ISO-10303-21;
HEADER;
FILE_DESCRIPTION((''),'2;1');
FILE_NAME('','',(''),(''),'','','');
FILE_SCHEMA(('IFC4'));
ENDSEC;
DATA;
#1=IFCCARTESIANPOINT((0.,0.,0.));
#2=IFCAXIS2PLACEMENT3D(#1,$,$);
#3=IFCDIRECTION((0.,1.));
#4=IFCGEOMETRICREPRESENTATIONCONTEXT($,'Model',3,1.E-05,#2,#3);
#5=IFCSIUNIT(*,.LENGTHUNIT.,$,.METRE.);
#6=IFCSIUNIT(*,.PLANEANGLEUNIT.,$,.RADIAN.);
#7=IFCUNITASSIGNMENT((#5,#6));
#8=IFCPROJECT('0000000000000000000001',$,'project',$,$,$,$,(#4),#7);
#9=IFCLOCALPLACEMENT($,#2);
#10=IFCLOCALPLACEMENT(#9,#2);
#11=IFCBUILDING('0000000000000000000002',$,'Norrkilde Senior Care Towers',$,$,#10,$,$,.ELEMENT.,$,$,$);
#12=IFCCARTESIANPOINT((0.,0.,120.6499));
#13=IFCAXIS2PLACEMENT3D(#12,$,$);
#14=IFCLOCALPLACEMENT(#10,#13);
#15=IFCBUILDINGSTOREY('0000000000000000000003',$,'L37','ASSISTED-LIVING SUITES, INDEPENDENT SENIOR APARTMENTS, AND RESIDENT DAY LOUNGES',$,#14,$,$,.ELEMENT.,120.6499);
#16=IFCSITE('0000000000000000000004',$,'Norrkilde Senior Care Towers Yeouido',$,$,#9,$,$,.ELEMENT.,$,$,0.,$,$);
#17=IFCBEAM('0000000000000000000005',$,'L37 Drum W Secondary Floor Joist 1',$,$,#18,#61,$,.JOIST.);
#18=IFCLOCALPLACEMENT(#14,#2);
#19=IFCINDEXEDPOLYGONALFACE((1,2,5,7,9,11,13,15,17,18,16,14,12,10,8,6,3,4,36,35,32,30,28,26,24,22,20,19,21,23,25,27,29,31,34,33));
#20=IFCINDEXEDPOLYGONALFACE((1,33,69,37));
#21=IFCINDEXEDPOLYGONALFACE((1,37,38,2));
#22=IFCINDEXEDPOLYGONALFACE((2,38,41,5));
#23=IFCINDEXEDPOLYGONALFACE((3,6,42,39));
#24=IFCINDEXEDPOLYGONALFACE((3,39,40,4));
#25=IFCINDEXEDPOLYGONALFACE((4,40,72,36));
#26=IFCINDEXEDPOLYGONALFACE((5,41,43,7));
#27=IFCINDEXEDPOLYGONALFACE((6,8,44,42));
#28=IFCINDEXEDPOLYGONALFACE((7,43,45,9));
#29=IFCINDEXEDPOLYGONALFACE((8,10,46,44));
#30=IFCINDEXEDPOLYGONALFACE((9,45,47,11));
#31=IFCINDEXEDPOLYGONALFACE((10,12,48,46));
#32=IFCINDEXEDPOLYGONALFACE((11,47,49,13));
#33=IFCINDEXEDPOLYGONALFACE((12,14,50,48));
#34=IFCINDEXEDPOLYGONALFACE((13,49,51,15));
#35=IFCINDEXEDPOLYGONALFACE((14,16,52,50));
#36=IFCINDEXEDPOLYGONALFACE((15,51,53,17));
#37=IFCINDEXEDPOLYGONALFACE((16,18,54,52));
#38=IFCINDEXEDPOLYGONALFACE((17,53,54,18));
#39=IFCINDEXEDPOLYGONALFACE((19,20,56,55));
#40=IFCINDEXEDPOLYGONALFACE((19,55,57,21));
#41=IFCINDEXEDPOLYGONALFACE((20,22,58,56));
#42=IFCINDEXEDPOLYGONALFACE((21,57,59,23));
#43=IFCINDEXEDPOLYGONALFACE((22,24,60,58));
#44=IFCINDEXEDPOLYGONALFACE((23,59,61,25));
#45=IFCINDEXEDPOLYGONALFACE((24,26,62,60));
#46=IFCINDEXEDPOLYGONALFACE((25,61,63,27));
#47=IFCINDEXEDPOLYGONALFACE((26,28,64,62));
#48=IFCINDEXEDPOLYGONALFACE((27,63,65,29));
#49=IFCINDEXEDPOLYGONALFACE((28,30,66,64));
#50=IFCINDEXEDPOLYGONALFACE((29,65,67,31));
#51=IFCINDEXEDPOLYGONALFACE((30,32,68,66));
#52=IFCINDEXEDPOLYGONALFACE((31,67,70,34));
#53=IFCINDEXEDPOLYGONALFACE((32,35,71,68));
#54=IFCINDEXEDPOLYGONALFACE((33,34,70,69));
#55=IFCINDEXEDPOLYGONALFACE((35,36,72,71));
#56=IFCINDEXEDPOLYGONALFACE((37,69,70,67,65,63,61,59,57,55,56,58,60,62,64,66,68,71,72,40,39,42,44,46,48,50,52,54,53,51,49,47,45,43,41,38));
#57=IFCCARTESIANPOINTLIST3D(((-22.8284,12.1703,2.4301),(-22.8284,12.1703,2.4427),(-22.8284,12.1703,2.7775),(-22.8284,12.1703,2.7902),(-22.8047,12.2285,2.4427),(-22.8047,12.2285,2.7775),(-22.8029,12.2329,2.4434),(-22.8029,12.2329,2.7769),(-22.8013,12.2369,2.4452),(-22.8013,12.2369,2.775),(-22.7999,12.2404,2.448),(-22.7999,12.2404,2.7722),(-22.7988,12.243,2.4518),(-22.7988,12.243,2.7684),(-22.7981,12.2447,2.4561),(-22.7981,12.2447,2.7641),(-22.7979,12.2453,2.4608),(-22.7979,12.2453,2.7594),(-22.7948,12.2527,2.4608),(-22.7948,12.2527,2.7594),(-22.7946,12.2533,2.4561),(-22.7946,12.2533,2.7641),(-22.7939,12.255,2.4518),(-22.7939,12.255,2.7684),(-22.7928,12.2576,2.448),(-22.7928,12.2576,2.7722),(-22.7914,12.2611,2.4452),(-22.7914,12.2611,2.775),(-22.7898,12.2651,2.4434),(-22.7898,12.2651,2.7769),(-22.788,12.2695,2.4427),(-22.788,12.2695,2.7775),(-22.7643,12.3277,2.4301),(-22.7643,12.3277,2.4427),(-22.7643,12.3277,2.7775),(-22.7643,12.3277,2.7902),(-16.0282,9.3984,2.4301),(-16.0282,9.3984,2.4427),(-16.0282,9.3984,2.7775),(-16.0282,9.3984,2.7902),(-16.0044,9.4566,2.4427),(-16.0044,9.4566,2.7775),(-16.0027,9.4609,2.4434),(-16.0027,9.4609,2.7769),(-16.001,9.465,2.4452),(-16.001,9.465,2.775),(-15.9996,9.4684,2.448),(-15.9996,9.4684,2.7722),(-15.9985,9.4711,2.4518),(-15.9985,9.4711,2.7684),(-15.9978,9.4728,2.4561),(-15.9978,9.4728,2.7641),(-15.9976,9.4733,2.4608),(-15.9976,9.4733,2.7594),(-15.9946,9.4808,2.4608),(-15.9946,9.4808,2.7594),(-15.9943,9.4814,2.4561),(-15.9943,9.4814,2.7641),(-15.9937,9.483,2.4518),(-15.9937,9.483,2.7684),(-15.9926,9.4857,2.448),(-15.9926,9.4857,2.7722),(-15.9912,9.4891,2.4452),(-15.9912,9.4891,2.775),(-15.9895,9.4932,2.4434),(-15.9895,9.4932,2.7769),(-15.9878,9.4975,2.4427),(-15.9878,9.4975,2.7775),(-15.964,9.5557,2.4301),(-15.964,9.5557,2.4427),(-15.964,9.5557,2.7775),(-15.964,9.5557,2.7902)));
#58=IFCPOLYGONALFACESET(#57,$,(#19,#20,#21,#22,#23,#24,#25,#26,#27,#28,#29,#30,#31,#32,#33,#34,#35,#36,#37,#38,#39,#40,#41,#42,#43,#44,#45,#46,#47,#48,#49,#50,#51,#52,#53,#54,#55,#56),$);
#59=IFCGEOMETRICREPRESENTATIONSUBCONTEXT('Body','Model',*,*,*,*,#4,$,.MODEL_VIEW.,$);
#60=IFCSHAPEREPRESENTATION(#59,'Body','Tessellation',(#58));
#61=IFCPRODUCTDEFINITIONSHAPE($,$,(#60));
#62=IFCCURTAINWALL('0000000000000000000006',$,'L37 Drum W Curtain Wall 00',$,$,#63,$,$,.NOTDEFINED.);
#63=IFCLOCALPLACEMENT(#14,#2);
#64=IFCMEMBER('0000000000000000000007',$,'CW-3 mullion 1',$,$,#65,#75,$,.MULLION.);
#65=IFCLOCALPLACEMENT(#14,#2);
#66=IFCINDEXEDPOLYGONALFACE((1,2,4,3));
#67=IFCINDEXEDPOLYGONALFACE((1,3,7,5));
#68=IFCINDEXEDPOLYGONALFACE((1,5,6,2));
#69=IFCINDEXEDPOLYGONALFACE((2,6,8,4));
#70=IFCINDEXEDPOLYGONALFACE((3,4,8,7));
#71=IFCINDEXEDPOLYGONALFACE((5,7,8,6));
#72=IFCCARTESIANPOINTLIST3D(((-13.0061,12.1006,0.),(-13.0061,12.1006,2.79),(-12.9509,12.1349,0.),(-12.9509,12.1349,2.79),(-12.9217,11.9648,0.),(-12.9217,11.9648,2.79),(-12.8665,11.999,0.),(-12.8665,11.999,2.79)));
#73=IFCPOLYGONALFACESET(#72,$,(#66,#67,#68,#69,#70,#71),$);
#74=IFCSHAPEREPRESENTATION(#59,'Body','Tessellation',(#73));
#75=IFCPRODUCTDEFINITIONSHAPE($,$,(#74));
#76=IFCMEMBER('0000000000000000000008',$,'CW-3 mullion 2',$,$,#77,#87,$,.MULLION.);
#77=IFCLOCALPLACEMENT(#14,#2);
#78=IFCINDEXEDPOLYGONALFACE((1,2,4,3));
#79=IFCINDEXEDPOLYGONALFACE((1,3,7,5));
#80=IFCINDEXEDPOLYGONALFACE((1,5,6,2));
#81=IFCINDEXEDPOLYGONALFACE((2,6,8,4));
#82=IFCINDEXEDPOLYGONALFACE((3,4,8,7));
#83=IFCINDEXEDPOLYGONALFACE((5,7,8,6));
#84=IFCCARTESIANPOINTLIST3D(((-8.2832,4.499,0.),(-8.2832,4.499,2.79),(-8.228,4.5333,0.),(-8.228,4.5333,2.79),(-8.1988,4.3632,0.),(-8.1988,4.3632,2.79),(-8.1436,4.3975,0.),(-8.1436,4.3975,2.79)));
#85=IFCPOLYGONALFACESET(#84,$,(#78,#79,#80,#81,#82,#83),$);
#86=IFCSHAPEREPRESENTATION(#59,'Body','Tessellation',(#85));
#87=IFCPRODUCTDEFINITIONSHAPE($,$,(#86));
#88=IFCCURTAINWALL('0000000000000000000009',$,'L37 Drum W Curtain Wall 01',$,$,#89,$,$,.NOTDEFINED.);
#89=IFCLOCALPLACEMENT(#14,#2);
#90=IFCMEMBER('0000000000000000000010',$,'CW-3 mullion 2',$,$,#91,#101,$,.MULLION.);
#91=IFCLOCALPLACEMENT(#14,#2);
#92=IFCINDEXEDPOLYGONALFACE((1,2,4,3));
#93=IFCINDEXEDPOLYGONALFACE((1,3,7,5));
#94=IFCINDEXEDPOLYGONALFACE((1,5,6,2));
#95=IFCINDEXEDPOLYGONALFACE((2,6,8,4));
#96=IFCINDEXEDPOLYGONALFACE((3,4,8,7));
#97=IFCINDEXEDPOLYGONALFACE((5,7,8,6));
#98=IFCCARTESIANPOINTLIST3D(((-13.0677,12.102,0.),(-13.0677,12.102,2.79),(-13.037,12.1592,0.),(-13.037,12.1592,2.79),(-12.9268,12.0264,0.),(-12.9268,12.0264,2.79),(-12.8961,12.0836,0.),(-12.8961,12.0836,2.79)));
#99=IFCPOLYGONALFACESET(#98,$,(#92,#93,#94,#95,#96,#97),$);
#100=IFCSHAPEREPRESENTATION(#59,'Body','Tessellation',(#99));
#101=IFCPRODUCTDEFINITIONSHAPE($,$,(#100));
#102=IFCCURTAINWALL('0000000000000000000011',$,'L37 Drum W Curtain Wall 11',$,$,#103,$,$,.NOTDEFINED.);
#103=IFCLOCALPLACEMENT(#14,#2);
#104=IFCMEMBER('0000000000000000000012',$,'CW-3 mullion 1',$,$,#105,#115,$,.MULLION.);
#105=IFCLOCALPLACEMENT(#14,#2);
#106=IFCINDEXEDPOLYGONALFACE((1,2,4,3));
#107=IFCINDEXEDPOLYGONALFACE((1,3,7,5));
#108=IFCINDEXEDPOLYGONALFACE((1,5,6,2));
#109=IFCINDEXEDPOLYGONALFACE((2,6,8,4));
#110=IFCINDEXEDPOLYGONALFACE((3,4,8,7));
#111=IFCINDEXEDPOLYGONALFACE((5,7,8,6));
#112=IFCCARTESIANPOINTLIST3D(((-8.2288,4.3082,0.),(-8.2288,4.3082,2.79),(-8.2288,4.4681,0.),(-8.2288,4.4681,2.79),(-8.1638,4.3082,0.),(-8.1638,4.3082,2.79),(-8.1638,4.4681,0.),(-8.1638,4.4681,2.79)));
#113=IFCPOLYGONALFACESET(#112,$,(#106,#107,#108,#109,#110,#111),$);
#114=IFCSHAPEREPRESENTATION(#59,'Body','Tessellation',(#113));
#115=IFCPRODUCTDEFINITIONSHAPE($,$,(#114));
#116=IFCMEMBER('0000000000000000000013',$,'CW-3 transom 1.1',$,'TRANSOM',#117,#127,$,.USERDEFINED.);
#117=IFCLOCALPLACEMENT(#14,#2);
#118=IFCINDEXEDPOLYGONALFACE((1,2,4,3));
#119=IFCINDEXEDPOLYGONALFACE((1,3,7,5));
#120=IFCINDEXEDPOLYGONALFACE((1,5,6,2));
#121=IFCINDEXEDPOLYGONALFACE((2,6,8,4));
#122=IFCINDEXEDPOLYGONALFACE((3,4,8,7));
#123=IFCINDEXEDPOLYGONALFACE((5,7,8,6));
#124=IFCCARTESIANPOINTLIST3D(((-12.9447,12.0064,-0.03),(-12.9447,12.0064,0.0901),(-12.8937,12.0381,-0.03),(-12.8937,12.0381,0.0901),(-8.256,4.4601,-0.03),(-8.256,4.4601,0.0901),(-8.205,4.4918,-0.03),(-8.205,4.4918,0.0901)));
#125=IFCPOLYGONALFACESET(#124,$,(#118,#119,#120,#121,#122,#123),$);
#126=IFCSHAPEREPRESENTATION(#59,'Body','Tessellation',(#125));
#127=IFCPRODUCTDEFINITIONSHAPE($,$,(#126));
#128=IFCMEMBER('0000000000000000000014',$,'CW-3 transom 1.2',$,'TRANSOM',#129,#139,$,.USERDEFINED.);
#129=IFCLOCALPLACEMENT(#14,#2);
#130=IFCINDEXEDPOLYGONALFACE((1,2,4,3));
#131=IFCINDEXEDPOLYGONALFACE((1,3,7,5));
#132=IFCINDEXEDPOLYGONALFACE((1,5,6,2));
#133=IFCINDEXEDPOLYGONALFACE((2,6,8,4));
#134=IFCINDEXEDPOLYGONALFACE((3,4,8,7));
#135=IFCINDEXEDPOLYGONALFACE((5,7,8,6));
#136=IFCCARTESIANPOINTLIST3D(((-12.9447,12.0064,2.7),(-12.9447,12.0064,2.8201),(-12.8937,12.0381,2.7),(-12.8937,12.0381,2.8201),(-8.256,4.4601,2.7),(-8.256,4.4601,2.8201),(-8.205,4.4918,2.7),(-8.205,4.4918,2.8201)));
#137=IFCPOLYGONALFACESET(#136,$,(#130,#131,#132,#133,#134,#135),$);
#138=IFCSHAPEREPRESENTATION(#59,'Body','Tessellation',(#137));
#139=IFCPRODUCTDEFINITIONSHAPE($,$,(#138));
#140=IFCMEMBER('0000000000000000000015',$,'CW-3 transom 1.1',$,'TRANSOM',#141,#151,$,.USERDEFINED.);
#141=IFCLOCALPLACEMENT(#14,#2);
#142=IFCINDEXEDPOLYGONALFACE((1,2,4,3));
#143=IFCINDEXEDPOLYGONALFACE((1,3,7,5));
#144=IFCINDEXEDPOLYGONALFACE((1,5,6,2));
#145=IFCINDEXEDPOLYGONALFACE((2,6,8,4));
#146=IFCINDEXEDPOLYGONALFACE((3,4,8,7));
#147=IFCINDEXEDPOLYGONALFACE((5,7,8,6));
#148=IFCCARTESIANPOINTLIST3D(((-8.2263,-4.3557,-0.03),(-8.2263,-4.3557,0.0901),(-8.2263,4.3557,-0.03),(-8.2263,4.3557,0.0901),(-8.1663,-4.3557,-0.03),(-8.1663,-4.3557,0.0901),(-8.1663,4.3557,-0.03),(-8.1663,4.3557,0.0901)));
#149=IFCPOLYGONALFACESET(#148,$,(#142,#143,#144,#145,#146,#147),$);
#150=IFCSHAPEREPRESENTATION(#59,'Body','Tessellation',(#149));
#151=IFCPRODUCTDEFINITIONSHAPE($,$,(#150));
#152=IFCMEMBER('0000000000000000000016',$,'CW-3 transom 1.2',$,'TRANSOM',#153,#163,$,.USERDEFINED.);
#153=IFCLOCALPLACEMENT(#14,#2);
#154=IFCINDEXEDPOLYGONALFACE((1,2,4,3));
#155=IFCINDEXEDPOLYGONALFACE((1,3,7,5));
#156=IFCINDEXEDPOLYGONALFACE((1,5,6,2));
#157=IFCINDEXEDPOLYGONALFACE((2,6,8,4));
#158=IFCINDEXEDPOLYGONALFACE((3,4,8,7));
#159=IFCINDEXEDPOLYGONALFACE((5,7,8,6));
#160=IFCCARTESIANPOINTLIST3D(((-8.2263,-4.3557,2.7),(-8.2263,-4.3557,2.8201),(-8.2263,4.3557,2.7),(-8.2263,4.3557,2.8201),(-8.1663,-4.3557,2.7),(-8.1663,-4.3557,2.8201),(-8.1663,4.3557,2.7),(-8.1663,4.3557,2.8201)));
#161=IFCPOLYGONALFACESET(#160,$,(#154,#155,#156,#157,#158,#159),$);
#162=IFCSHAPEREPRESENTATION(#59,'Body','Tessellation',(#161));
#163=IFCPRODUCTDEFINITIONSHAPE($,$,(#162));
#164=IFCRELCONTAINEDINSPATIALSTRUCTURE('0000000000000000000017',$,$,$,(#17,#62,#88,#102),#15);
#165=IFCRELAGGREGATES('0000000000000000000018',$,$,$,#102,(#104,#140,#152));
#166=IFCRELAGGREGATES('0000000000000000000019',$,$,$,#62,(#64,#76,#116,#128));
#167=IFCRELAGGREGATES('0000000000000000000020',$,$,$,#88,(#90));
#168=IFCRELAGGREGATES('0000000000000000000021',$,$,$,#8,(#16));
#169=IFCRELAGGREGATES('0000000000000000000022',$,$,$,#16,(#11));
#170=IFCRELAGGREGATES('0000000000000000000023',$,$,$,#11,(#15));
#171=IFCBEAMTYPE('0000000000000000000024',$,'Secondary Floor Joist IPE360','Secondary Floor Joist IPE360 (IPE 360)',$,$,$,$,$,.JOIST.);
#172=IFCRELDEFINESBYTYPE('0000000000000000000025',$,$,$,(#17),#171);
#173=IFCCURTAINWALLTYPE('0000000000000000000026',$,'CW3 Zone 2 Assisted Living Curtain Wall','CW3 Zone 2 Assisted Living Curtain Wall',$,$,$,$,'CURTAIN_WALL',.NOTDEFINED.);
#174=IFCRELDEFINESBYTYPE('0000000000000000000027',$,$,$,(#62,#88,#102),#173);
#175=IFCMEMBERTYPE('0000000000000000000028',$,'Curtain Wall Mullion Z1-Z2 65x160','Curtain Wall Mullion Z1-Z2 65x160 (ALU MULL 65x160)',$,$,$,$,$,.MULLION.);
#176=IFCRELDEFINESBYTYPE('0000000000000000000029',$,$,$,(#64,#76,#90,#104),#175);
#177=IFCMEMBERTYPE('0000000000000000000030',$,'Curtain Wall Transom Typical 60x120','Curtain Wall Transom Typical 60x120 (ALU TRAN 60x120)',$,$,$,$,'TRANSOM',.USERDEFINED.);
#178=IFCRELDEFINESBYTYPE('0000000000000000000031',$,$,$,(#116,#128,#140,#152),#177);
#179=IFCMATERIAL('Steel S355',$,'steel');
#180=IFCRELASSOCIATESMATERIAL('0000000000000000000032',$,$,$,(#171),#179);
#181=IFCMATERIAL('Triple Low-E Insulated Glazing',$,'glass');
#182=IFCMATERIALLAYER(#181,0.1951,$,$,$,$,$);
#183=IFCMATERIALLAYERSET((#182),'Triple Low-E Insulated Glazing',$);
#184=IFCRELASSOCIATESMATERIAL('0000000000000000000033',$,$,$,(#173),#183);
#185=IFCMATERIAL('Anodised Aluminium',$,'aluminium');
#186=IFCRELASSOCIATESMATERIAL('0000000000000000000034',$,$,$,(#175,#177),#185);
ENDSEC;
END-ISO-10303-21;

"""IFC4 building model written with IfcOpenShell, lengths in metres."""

from ifc_helpers import new_model, si_unit, direction, frame, origin, origin_2d, place, context, subcontext, project, spatial, rectangle, i_section, extrude, source, transform, mapped, material, layer, layer_set, material_profile, profile_set, type_object, type_shapes, element, aggregate, save


model = new_model("IFC4")

# Units and contexts
model_context = context("Model", 3, precision=1e-05, world=origin(), true_north=direction((0.0, 1.0)))
body_context = subcontext(model_context, "Body", "Model", "MODEL_VIEW")
ifc_project = project(units=[si_unit("LENGTHUNIT", "METRE"), si_unit("PLANEANGLEUNIT", "RADIAN")], contexts=[model_context])

# Site, building, storey
site_placement = place(None, origin())
site = spatial("IfcSite", under=ifc_project, at=site_placement, Name="Norrkilde Senior Care Towers Yeouido", CompositionType="ELEMENT", RefElevation=0.0)
building_placement = place(site_placement, origin())
building = spatial("IfcBuilding", under=site, at=building_placement, Name="Norrkilde Senior Care Towers", CompositionType="ELEMENT")
storey_placement = place(building_placement, frame((0.0, 0.0, 120.6499)))
storey = spatial("IfcBuildingStorey", under=building, at=storey_placement, Name="L37", Description="ASSISTED-LIVING SUITES, INDEPENDENT SENIOR APARTMENTS, AND RESIDENT DAY LOUNGES", CompositionType="ELEMENT", Elevation=120.6499)

# Beam
ifc_material_1 = material(Name="Steel S355", Category="steel")
ifc_material_profile_1 = material_profile(ifc_material_1, i_section(OverallWidth=0.1699, OverallDepth=0.3601, WebThickness=0.0081, FlangeThickness=0.0127, FilletRadius=0.0181, at=origin_2d()), Name="IPE 360")
ifc_profile_set_1 = profile_set([ifc_material_profile_1], Name="Steel S355")
beam_type_1 = type_object("IfcBeamType", Name="Secondary Floor Joist IPE360", Description="Secondary Floor Joist IPE360 (IPE 360)", PredefinedType="JOIST", material=ifc_profile_set_1)
shared_shape_1 = source(origin(), body_context, "Body", "SweptSolid", [
    extrude(i_section(OverallWidth=0.1699, OverallDepth=0.3601, WebThickness=0.0081, FlangeThickness=0.0127, FilletRadius=0.0181, at=origin_2d()), origin(), (0.0, 0.0, 1.0), 7.3435),
])
type_shapes(beam_type_1, [shared_shape_1])
beam_1_placement = place(storey_placement, frame((-15.9961, 9.4771, 2.6101), z_axis=(-0.926022, 0.37747, 0.0), x_axis=(-0.37747, -0.926022, 0.0)))
element("IfcBeam", 1, at=beam_1_placement, inside=storey, type_object=beam_type_1, Name="L37 Drum W Secondary Floor Joist 1", PredefinedType="JOIST", context=body_context, shape_type="MappedRepresentation", body=[
    mapped(shared_shape_1, transform((0.0, 0.0, 0.0), x_axis=(1.0, 0.0, 0.0), y_axis=(0.0, 1.0, 0.0), z_axis=(0.0, 0.0, 1.0), scale=1.0)),
])

# Curtain wall, members
ifc_material_2 = material(Name="Triple Low-E Insulated Glazing", Category="glass")
ifc_layer_1 = layer(ifc_material_2, 0.1951)
ifc_layer_set_1 = layer_set([ifc_layer_1], Name="Triple Low-E Insulated Glazing")
curtain_wall_type = type_object("IfcCurtainWallType", Name="CW3 Zone 2 Assisted Living Curtain Wall", Description="CW3 Zone 2 Assisted Living Curtain Wall", ElementType="CURTAIN_WALL", PredefinedType="NOTDEFINED", material=ifc_layer_set_1)
curtain_wall_1_placement = place(storey_placement, origin())
curtain_wall_1 = element("IfcCurtainWall", 2, at=curtain_wall_1_placement, inside=storey, type_object=curtain_wall_type, Name="L37 Drum W Curtain Wall 00", PredefinedType="NOTDEFINED")
ifc_material_3 = material(Name="Anodised Aluminium", Category="aluminium")
ifc_material_profile_2 = material_profile(ifc_material_3, rectangle(XDim=0.0649, YDim=0.1599, at=origin_2d()), Name="ALU MULL 65x160")
ifc_profile_set_2 = profile_set([ifc_material_profile_2], Name="Anodised Aluminium")
member_type_1 = type_object("IfcMemberType", Name="Curtain Wall Mullion Z1-Z2 65x160", Description="Curtain Wall Mullion Z1-Z2 65x160 (ALU MULL 65x160)", PredefinedType="MULLION", material=ifc_profile_set_2)
shared_shape_2 = source(origin(), body_context, "Body", "SweptSolid", [
    extrude(rectangle(XDim=0.0649, YDim=0.1599, at=origin_2d()), origin(), (0.0, 0.0, 1.0), 2.79),
])
type_shapes(member_type_1, [shared_shape_2])
member_1_placement = place(storey_placement, frame((-12.9363, 12.0498, 0.0), z_axis=(0.0, 0.0, 1.0), x_axis=(0.84941, 0.527733, 0.0)))
member_1 = element("IfcMember", 3, at=member_1_placement, type_object=member_type_1, Name="CW-3 mullion 1", PredefinedType="MULLION", context=body_context, shape_type="MappedRepresentation", body=[
    mapped(shared_shape_2, transform((0.0, 0.0, 0.0), x_axis=(1.0, 0.0, 0.0), y_axis=(0.0, 1.0, 0.0), z_axis=(0.0, 0.0, 1.0), scale=1.0)),
])
member_2_placement = place(storey_placement, frame((-8.2134, 4.4482, 0.0), z_axis=(0.0, 0.0, 1.0), x_axis=(0.84941, 0.527733, 0.0)))
member_2 = element("IfcMember", 4, at=member_2_placement, type_object=member_type_1, Name="CW-3 mullion 2", PredefinedType="MULLION", context=body_context, shape_type="MappedRepresentation", body=[
    mapped(shared_shape_2, transform((0.0, 0.0, 0.0), x_axis=(1.0, 0.0, 0.0), y_axis=(0.0, 1.0, 0.0), z_axis=(0.0, 0.0, 1.0), scale=1.0)),
])

# Curtain walls, members
curtain_wall_2_placement = place(storey_placement, origin())
curtain_wall_2 = element("IfcCurtainWall", 5, at=curtain_wall_2_placement, inside=storey, type_object=curtain_wall_type, Name="L37 Drum W Curtain Wall 01", PredefinedType="NOTDEFINED")
member_3_placement = place(storey_placement, frame((-12.9819, 12.0928, 0.0), z_axis=(0.0, 0.0, 1.0), x_axis=(0.472769, 0.881186, 0.0)))
member_3 = element("IfcMember", 6, at=member_3_placement, type_object=member_type_1, Name="CW-3 mullion 2", PredefinedType="MULLION", context=body_context, shape_type="MappedRepresentation", body=[
    mapped(shared_shape_2, transform((0.0, 0.0, 0.0), x_axis=(1.0, 0.0, 0.0), y_axis=(0.0, 1.0, 0.0), z_axis=(0.0, 0.0, 1.0), scale=1.0)),
])
curtain_wall_3_placement = place(storey_placement, origin())
curtain_wall_3 = element("IfcCurtainWall", 7, at=curtain_wall_3_placement, inside=storey, type_object=curtain_wall_type, Name="L37 Drum W Curtain Wall 11", PredefinedType="NOTDEFINED")
member_4_placement = place(storey_placement, frame((-8.1963, 4.3882, 0.0), z_axis=(0.0, 0.0, 1.0), x_axis=(1.0, 0.0, 0.0)))
member_4 = element("IfcMember", 8, at=member_4_placement, type_object=member_type_1, Name="CW-3 mullion 1", PredefinedType="MULLION", context=body_context, shape_type="MappedRepresentation", body=[
    mapped(shared_shape_2, transform((0.0, 0.0, 0.0), x_axis=(1.0, 0.0, 0.0), y_axis=(0.0, 1.0, 0.0), z_axis=(0.0, 0.0, 1.0), scale=1.0)),
])

# Members
ifc_material_profile_3 = material_profile(ifc_material_3, rectangle(XDim=0.0601, YDim=0.1201, at=origin_2d()), Name="ALU TRAN 60x120")
ifc_profile_set_3 = profile_set([ifc_material_profile_3], Name="Anodised Aluminium")
member_type_2 = type_object("IfcMemberType", Name="Curtain Wall Transom Typical 60x120", Description="Curtain Wall Transom Typical 60x120 (ALU TRAN 60x120)", ElementType="TRANSOM", PredefinedType="USERDEFINED", material=ifc_profile_set_3)
shared_shape_3 = source(origin(), body_context, "Body", "SweptSolid", [
    extrude(rectangle(XDim=0.0601, YDim=0.1201, at=origin_2d()), origin(), (0.0, 0.0, 1.0), 8.8843),
])
member_5_placement = place(storey_placement, frame((-12.9192, 12.0222, 0.03), z_axis=(0.527749, -0.8494, 0.0), x_axis=(0.8494, 0.527749, 0.0)))
member_5 = element("IfcMember", 9, at=member_5_placement, type_object=member_type_2, Name="CW-3 transom 1.1", ObjectType="TRANSOM", PredefinedType="USERDEFINED", context=body_context, shape_type="MappedRepresentation", body=[
    mapped(shared_shape_3, transform((0.0, 0.0, 0.0), x_axis=(1.0, 0.0, 0.0), y_axis=(0.0, 1.0, 0.0), z_axis=(0.0, 0.0, 1.0), scale=1.0)),
])
member_6_placement = place(storey_placement, frame((-12.9192, 12.0222, 2.76), z_axis=(0.527749, -0.8494, 0.0), x_axis=(0.8494, 0.527749, 0.0)))
member_6 = element("IfcMember", 10, at=member_6_placement, type_object=member_type_2, Name="CW-3 transom 1.2", ObjectType="TRANSOM", PredefinedType="USERDEFINED", context=body_context, shape_type="MappedRepresentation", body=[
    mapped(shared_shape_3, transform((0.0, 0.0, 0.0), x_axis=(1.0, 0.0, 0.0), y_axis=(0.0, 1.0, 0.0), z_axis=(0.0, 0.0, 1.0), scale=1.0)),
])
shared_shape_4 = source(origin(), body_context, "Body", "SweptSolid", [
    extrude(rectangle(XDim=0.0601, YDim=0.1201, at=origin_2d()), origin(), (0.0, 0.0, 1.0), 8.7114),
])
type_shapes(member_type_2, [shared_shape_3, shared_shape_4])
member_7_placement = place(storey_placement, frame((-8.1963, 4.3557, 0.03), z_axis=(0.0, -1.0, 0.0), x_axis=(1.0, 0.0, 0.0)))
member_7 = element("IfcMember", 11, at=member_7_placement, type_object=member_type_2, Name="CW-3 transom 1.1", ObjectType="TRANSOM", PredefinedType="USERDEFINED", context=body_context, shape_type="MappedRepresentation", body=[
    mapped(shared_shape_4, transform((0.0, 0.0, 0.0), x_axis=(1.0, 0.0, 0.0), y_axis=(0.0, 1.0, 0.0), z_axis=(0.0, 0.0, 1.0), scale=1.0)),
])
member_8_placement = place(storey_placement, frame((-8.1963, 4.3557, 2.76), z_axis=(0.0, -1.0, 0.0), x_axis=(1.0, 0.0, 0.0)))
member_8 = element("IfcMember", 12, at=member_8_placement, type_object=member_type_2, Name="CW-3 transom 1.2", ObjectType="TRANSOM", PredefinedType="USERDEFINED", context=body_context, shape_type="MappedRepresentation", body=[
    mapped(shared_shape_4, transform((0.0, 0.0, 0.0), x_axis=(1.0, 0.0, 0.0), y_axis=(0.0, 1.0, 0.0), z_axis=(0.0, 0.0, 1.0), scale=1.0)),
])
aggregate(curtain_wall_3, [member_4, member_7, member_8])

aggregate(curtain_wall_1, [member_1, member_2, member_5, member_6])
aggregate(curtain_wall_2, [member_3])

save(model, "model.ifc")
